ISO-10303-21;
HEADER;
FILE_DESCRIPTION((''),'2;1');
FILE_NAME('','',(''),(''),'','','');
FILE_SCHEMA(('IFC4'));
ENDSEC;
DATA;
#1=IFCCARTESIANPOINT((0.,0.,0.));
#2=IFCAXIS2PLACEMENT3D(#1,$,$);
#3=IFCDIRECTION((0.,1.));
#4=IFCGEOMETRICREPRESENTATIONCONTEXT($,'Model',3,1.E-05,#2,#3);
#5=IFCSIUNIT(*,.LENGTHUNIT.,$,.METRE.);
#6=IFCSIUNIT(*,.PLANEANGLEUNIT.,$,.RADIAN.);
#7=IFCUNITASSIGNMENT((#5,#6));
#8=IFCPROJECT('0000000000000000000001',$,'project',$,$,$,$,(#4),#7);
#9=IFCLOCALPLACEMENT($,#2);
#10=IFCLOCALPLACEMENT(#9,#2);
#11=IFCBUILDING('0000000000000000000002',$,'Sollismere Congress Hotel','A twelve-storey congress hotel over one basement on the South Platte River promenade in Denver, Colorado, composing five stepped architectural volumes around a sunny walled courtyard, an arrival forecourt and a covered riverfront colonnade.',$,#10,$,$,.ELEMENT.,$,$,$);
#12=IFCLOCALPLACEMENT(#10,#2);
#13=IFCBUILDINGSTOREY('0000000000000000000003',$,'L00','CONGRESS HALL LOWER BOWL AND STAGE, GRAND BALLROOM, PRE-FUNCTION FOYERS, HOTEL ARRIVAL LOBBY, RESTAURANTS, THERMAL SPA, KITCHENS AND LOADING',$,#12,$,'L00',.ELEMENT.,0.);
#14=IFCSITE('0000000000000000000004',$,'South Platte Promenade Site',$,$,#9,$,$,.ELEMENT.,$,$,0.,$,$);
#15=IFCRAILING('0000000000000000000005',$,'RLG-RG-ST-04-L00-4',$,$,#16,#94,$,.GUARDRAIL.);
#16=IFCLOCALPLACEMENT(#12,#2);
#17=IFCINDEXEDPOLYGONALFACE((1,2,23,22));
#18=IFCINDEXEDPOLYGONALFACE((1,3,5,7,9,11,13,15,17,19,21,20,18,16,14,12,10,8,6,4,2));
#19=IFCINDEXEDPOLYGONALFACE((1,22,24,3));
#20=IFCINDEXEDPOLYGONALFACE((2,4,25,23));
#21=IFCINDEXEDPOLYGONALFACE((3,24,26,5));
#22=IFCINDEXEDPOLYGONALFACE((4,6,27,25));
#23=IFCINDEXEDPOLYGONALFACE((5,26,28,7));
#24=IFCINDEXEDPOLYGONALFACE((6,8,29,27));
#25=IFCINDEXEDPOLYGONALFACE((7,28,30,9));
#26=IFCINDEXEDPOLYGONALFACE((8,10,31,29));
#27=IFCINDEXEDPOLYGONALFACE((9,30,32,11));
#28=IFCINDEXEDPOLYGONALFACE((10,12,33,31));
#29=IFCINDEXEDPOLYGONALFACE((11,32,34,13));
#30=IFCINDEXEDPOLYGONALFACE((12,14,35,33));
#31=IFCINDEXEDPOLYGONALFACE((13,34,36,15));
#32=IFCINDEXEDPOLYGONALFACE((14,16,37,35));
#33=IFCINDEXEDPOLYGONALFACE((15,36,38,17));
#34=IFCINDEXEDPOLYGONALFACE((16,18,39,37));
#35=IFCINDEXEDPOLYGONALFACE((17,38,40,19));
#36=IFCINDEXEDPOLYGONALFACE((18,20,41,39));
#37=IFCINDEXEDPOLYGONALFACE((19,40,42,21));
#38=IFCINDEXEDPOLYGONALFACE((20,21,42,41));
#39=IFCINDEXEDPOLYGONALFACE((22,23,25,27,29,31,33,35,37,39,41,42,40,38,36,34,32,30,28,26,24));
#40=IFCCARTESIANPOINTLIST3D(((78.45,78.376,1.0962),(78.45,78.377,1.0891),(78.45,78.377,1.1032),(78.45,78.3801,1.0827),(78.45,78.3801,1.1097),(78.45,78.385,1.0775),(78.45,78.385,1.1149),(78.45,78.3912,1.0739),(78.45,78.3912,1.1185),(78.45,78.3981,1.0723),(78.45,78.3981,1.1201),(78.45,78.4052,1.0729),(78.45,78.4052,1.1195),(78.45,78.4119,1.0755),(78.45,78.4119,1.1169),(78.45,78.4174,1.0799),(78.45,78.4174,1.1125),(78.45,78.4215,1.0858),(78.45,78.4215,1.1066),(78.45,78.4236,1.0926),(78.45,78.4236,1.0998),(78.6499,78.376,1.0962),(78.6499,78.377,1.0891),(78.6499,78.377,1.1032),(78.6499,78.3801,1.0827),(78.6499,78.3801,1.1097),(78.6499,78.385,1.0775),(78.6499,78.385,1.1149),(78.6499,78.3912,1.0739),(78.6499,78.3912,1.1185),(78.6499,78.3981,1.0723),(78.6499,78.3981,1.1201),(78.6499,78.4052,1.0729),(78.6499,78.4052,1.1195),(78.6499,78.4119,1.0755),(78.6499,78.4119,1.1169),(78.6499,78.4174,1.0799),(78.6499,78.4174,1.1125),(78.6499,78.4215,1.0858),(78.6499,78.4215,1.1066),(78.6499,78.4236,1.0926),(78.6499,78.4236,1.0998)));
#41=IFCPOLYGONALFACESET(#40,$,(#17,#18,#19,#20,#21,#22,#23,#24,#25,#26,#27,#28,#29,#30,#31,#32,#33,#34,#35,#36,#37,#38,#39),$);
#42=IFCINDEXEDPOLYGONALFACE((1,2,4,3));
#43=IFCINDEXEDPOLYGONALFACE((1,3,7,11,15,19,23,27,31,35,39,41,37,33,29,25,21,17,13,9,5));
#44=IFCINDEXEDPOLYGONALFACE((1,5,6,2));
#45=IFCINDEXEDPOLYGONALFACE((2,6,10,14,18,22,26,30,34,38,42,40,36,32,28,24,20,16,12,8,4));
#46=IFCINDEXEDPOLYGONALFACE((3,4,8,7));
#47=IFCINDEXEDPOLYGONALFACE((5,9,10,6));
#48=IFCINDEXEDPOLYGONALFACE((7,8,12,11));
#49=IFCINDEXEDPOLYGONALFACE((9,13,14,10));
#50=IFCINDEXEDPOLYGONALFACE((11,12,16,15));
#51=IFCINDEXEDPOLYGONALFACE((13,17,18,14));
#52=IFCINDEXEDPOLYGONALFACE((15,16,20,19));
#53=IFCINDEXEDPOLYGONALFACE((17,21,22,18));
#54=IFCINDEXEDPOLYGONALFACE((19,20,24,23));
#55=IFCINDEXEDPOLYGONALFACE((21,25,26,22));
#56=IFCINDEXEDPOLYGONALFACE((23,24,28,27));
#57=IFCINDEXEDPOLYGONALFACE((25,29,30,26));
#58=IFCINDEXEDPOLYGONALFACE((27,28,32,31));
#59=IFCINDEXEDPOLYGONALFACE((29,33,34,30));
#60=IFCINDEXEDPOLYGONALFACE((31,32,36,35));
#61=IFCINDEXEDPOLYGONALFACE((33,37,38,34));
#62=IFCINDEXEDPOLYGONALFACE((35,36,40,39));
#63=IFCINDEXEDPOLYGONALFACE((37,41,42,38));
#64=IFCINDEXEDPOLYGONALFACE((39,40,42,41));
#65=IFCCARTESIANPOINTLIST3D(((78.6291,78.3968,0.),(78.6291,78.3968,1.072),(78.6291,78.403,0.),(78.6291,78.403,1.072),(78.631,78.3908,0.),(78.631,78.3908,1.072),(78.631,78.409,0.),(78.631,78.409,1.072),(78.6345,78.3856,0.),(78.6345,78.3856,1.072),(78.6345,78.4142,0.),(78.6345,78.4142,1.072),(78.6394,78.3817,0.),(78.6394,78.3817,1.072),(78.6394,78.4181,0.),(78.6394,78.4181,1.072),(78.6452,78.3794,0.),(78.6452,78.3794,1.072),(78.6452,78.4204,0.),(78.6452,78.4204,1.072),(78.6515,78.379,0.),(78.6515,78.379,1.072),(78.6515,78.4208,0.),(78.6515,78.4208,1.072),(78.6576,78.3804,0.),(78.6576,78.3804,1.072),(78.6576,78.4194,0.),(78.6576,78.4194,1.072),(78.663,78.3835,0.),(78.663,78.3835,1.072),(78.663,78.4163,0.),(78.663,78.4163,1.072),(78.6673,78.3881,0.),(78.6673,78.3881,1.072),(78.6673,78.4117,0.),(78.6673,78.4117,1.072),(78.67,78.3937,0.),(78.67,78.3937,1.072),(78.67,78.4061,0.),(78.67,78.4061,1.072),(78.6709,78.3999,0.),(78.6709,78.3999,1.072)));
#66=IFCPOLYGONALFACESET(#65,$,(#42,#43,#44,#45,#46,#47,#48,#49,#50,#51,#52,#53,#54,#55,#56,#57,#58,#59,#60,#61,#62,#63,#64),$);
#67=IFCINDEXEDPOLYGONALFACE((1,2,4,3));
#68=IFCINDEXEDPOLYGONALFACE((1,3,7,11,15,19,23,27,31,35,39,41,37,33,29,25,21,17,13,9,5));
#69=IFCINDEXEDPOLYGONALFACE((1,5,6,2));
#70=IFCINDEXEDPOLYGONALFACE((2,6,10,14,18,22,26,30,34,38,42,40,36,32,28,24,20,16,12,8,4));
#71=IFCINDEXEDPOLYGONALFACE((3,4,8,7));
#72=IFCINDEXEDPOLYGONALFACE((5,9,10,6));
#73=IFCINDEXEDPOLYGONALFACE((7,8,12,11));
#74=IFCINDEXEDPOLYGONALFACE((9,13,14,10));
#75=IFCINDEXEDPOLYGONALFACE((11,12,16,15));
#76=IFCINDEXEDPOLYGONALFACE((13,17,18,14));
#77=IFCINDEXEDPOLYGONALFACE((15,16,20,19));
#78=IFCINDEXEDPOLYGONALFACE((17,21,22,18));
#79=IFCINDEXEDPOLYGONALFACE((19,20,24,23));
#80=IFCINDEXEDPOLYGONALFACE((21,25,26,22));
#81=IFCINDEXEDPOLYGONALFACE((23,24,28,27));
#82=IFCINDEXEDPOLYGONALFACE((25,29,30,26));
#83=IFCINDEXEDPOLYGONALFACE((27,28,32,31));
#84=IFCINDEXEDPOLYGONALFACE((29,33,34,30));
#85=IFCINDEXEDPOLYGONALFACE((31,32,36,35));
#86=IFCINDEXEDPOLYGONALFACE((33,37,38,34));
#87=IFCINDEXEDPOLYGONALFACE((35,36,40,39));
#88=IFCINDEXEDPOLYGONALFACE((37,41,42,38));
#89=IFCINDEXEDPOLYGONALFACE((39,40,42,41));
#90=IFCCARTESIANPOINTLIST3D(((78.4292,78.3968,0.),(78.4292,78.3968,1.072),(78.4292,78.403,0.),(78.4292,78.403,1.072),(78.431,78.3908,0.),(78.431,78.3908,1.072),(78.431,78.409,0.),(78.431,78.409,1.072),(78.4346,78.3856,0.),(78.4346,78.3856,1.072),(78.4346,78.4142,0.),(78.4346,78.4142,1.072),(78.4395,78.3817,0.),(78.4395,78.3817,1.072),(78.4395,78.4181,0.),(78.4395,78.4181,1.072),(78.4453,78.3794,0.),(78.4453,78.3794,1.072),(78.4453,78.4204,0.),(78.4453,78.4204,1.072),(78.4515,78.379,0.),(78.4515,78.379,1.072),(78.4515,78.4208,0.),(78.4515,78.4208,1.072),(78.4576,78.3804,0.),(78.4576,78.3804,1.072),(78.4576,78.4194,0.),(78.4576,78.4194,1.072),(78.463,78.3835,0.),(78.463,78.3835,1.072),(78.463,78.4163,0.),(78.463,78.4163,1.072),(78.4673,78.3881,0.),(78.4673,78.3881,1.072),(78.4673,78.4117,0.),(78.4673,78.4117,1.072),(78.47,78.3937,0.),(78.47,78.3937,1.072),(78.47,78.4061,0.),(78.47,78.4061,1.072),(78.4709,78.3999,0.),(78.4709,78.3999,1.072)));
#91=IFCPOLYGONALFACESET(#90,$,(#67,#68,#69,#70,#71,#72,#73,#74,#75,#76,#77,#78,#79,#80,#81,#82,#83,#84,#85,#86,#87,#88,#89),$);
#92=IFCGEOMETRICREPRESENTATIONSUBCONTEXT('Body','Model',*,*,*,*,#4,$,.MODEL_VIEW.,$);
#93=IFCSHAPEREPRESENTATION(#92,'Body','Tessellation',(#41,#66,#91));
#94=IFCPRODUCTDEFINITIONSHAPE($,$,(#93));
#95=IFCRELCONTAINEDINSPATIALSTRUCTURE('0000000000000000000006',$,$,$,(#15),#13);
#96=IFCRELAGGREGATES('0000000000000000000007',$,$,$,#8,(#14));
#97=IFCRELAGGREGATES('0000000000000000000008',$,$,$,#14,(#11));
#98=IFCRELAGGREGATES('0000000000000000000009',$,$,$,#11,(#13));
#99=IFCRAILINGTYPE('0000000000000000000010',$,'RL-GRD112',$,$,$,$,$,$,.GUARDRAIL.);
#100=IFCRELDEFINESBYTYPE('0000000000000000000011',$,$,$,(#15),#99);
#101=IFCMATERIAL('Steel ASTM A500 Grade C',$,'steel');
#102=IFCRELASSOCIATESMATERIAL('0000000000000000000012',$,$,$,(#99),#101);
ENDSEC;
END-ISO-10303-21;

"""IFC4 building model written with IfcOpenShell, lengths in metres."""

from ifc_helpers import new_model, si_unit, direction, frame, origin, origin_2d, place, context, subcontext, project, spatial, circle, extrude, material, type_object, element, save


model = new_model("IFC4")

# Units and contexts
model_context = context("Model", 3, precision=1e-05, world=origin(), true_north=direction((0.0, 1.0)))
body_context = subcontext(model_context, "Body", "Model", "MODEL_VIEW")
ifc_project = project(units=[si_unit("LENGTHUNIT", "METRE"), si_unit("PLANEANGLEUNIT", "RADIAN")], contexts=[model_context])

# Site, building, storey
site_placement = place(None, origin())
site = spatial("IfcSite", under=ifc_project, at=site_placement, Name="South Platte Promenade Site", CompositionType="ELEMENT", RefElevation=0.0)
building_placement = place(site_placement, origin())
building = spatial("IfcBuilding", under=site, at=building_placement, Name="Sollismere Congress Hotel", Description="A twelve-storey congress hotel over one basement on the South Platte River promenade in Denver, Colorado, composing five stepped architectural volumes around a sunny walled courtyard, an arrival forecourt and a covered riverfront colonnade.", CompositionType="ELEMENT")
storey_placement = place(building_placement, origin())
storey = spatial("IfcBuildingStorey", under=building, at=storey_placement, Name="L00", Description="CONGRESS HALL LOWER BOWL AND STAGE, GRAND BALLROOM, PRE-FUNCTION FOYERS, HOTEL ARRIVAL LOBBY, RESTAURANTS, THERMAL SPA, KITCHENS AND LOADING", LongName="L00", CompositionType="ELEMENT", Elevation=0.0)

# Railing
ifc_material_1 = material(Name="Steel ASTM A500 Grade C", Category="steel")
railing_type_1 = type_object("IfcRailingType", Name="RL-GRD112", PredefinedType="GUARDRAIL", material=ifc_material_1)
railing_1_placement = place(storey_placement, frame((78.6499, 78.3999, 0.0)))
element("IfcRailing", 1, at=railing_1_placement, inside=storey, type_object=railing_type_1, Name="RLG-RG-ST-04-L00-4", PredefinedType="GUARDRAIL", context=body_context, shape_type="SweptSolid", body=[
    extrude(circle(Radius=0.0239, at=origin_2d()), frame((0.0, 0.0, 1.0962), z_axis=(-1.0, 0.0, 0.0), x_axis=(0.0, -1.0, 0.0)), (0.0, 0.0, 1.0), 0.2),
    extrude(circle(Radius=0.021, at=origin_2d()), origin(), (0.0, 0.0, 1.0), 1.072),
    extrude(circle(Radius=0.021, at=origin_2d()), frame((-0.2, 0.0, 0.0)), (0.0, 0.0, 1.0), 1.072),
])

save(model, "model.ifc")
